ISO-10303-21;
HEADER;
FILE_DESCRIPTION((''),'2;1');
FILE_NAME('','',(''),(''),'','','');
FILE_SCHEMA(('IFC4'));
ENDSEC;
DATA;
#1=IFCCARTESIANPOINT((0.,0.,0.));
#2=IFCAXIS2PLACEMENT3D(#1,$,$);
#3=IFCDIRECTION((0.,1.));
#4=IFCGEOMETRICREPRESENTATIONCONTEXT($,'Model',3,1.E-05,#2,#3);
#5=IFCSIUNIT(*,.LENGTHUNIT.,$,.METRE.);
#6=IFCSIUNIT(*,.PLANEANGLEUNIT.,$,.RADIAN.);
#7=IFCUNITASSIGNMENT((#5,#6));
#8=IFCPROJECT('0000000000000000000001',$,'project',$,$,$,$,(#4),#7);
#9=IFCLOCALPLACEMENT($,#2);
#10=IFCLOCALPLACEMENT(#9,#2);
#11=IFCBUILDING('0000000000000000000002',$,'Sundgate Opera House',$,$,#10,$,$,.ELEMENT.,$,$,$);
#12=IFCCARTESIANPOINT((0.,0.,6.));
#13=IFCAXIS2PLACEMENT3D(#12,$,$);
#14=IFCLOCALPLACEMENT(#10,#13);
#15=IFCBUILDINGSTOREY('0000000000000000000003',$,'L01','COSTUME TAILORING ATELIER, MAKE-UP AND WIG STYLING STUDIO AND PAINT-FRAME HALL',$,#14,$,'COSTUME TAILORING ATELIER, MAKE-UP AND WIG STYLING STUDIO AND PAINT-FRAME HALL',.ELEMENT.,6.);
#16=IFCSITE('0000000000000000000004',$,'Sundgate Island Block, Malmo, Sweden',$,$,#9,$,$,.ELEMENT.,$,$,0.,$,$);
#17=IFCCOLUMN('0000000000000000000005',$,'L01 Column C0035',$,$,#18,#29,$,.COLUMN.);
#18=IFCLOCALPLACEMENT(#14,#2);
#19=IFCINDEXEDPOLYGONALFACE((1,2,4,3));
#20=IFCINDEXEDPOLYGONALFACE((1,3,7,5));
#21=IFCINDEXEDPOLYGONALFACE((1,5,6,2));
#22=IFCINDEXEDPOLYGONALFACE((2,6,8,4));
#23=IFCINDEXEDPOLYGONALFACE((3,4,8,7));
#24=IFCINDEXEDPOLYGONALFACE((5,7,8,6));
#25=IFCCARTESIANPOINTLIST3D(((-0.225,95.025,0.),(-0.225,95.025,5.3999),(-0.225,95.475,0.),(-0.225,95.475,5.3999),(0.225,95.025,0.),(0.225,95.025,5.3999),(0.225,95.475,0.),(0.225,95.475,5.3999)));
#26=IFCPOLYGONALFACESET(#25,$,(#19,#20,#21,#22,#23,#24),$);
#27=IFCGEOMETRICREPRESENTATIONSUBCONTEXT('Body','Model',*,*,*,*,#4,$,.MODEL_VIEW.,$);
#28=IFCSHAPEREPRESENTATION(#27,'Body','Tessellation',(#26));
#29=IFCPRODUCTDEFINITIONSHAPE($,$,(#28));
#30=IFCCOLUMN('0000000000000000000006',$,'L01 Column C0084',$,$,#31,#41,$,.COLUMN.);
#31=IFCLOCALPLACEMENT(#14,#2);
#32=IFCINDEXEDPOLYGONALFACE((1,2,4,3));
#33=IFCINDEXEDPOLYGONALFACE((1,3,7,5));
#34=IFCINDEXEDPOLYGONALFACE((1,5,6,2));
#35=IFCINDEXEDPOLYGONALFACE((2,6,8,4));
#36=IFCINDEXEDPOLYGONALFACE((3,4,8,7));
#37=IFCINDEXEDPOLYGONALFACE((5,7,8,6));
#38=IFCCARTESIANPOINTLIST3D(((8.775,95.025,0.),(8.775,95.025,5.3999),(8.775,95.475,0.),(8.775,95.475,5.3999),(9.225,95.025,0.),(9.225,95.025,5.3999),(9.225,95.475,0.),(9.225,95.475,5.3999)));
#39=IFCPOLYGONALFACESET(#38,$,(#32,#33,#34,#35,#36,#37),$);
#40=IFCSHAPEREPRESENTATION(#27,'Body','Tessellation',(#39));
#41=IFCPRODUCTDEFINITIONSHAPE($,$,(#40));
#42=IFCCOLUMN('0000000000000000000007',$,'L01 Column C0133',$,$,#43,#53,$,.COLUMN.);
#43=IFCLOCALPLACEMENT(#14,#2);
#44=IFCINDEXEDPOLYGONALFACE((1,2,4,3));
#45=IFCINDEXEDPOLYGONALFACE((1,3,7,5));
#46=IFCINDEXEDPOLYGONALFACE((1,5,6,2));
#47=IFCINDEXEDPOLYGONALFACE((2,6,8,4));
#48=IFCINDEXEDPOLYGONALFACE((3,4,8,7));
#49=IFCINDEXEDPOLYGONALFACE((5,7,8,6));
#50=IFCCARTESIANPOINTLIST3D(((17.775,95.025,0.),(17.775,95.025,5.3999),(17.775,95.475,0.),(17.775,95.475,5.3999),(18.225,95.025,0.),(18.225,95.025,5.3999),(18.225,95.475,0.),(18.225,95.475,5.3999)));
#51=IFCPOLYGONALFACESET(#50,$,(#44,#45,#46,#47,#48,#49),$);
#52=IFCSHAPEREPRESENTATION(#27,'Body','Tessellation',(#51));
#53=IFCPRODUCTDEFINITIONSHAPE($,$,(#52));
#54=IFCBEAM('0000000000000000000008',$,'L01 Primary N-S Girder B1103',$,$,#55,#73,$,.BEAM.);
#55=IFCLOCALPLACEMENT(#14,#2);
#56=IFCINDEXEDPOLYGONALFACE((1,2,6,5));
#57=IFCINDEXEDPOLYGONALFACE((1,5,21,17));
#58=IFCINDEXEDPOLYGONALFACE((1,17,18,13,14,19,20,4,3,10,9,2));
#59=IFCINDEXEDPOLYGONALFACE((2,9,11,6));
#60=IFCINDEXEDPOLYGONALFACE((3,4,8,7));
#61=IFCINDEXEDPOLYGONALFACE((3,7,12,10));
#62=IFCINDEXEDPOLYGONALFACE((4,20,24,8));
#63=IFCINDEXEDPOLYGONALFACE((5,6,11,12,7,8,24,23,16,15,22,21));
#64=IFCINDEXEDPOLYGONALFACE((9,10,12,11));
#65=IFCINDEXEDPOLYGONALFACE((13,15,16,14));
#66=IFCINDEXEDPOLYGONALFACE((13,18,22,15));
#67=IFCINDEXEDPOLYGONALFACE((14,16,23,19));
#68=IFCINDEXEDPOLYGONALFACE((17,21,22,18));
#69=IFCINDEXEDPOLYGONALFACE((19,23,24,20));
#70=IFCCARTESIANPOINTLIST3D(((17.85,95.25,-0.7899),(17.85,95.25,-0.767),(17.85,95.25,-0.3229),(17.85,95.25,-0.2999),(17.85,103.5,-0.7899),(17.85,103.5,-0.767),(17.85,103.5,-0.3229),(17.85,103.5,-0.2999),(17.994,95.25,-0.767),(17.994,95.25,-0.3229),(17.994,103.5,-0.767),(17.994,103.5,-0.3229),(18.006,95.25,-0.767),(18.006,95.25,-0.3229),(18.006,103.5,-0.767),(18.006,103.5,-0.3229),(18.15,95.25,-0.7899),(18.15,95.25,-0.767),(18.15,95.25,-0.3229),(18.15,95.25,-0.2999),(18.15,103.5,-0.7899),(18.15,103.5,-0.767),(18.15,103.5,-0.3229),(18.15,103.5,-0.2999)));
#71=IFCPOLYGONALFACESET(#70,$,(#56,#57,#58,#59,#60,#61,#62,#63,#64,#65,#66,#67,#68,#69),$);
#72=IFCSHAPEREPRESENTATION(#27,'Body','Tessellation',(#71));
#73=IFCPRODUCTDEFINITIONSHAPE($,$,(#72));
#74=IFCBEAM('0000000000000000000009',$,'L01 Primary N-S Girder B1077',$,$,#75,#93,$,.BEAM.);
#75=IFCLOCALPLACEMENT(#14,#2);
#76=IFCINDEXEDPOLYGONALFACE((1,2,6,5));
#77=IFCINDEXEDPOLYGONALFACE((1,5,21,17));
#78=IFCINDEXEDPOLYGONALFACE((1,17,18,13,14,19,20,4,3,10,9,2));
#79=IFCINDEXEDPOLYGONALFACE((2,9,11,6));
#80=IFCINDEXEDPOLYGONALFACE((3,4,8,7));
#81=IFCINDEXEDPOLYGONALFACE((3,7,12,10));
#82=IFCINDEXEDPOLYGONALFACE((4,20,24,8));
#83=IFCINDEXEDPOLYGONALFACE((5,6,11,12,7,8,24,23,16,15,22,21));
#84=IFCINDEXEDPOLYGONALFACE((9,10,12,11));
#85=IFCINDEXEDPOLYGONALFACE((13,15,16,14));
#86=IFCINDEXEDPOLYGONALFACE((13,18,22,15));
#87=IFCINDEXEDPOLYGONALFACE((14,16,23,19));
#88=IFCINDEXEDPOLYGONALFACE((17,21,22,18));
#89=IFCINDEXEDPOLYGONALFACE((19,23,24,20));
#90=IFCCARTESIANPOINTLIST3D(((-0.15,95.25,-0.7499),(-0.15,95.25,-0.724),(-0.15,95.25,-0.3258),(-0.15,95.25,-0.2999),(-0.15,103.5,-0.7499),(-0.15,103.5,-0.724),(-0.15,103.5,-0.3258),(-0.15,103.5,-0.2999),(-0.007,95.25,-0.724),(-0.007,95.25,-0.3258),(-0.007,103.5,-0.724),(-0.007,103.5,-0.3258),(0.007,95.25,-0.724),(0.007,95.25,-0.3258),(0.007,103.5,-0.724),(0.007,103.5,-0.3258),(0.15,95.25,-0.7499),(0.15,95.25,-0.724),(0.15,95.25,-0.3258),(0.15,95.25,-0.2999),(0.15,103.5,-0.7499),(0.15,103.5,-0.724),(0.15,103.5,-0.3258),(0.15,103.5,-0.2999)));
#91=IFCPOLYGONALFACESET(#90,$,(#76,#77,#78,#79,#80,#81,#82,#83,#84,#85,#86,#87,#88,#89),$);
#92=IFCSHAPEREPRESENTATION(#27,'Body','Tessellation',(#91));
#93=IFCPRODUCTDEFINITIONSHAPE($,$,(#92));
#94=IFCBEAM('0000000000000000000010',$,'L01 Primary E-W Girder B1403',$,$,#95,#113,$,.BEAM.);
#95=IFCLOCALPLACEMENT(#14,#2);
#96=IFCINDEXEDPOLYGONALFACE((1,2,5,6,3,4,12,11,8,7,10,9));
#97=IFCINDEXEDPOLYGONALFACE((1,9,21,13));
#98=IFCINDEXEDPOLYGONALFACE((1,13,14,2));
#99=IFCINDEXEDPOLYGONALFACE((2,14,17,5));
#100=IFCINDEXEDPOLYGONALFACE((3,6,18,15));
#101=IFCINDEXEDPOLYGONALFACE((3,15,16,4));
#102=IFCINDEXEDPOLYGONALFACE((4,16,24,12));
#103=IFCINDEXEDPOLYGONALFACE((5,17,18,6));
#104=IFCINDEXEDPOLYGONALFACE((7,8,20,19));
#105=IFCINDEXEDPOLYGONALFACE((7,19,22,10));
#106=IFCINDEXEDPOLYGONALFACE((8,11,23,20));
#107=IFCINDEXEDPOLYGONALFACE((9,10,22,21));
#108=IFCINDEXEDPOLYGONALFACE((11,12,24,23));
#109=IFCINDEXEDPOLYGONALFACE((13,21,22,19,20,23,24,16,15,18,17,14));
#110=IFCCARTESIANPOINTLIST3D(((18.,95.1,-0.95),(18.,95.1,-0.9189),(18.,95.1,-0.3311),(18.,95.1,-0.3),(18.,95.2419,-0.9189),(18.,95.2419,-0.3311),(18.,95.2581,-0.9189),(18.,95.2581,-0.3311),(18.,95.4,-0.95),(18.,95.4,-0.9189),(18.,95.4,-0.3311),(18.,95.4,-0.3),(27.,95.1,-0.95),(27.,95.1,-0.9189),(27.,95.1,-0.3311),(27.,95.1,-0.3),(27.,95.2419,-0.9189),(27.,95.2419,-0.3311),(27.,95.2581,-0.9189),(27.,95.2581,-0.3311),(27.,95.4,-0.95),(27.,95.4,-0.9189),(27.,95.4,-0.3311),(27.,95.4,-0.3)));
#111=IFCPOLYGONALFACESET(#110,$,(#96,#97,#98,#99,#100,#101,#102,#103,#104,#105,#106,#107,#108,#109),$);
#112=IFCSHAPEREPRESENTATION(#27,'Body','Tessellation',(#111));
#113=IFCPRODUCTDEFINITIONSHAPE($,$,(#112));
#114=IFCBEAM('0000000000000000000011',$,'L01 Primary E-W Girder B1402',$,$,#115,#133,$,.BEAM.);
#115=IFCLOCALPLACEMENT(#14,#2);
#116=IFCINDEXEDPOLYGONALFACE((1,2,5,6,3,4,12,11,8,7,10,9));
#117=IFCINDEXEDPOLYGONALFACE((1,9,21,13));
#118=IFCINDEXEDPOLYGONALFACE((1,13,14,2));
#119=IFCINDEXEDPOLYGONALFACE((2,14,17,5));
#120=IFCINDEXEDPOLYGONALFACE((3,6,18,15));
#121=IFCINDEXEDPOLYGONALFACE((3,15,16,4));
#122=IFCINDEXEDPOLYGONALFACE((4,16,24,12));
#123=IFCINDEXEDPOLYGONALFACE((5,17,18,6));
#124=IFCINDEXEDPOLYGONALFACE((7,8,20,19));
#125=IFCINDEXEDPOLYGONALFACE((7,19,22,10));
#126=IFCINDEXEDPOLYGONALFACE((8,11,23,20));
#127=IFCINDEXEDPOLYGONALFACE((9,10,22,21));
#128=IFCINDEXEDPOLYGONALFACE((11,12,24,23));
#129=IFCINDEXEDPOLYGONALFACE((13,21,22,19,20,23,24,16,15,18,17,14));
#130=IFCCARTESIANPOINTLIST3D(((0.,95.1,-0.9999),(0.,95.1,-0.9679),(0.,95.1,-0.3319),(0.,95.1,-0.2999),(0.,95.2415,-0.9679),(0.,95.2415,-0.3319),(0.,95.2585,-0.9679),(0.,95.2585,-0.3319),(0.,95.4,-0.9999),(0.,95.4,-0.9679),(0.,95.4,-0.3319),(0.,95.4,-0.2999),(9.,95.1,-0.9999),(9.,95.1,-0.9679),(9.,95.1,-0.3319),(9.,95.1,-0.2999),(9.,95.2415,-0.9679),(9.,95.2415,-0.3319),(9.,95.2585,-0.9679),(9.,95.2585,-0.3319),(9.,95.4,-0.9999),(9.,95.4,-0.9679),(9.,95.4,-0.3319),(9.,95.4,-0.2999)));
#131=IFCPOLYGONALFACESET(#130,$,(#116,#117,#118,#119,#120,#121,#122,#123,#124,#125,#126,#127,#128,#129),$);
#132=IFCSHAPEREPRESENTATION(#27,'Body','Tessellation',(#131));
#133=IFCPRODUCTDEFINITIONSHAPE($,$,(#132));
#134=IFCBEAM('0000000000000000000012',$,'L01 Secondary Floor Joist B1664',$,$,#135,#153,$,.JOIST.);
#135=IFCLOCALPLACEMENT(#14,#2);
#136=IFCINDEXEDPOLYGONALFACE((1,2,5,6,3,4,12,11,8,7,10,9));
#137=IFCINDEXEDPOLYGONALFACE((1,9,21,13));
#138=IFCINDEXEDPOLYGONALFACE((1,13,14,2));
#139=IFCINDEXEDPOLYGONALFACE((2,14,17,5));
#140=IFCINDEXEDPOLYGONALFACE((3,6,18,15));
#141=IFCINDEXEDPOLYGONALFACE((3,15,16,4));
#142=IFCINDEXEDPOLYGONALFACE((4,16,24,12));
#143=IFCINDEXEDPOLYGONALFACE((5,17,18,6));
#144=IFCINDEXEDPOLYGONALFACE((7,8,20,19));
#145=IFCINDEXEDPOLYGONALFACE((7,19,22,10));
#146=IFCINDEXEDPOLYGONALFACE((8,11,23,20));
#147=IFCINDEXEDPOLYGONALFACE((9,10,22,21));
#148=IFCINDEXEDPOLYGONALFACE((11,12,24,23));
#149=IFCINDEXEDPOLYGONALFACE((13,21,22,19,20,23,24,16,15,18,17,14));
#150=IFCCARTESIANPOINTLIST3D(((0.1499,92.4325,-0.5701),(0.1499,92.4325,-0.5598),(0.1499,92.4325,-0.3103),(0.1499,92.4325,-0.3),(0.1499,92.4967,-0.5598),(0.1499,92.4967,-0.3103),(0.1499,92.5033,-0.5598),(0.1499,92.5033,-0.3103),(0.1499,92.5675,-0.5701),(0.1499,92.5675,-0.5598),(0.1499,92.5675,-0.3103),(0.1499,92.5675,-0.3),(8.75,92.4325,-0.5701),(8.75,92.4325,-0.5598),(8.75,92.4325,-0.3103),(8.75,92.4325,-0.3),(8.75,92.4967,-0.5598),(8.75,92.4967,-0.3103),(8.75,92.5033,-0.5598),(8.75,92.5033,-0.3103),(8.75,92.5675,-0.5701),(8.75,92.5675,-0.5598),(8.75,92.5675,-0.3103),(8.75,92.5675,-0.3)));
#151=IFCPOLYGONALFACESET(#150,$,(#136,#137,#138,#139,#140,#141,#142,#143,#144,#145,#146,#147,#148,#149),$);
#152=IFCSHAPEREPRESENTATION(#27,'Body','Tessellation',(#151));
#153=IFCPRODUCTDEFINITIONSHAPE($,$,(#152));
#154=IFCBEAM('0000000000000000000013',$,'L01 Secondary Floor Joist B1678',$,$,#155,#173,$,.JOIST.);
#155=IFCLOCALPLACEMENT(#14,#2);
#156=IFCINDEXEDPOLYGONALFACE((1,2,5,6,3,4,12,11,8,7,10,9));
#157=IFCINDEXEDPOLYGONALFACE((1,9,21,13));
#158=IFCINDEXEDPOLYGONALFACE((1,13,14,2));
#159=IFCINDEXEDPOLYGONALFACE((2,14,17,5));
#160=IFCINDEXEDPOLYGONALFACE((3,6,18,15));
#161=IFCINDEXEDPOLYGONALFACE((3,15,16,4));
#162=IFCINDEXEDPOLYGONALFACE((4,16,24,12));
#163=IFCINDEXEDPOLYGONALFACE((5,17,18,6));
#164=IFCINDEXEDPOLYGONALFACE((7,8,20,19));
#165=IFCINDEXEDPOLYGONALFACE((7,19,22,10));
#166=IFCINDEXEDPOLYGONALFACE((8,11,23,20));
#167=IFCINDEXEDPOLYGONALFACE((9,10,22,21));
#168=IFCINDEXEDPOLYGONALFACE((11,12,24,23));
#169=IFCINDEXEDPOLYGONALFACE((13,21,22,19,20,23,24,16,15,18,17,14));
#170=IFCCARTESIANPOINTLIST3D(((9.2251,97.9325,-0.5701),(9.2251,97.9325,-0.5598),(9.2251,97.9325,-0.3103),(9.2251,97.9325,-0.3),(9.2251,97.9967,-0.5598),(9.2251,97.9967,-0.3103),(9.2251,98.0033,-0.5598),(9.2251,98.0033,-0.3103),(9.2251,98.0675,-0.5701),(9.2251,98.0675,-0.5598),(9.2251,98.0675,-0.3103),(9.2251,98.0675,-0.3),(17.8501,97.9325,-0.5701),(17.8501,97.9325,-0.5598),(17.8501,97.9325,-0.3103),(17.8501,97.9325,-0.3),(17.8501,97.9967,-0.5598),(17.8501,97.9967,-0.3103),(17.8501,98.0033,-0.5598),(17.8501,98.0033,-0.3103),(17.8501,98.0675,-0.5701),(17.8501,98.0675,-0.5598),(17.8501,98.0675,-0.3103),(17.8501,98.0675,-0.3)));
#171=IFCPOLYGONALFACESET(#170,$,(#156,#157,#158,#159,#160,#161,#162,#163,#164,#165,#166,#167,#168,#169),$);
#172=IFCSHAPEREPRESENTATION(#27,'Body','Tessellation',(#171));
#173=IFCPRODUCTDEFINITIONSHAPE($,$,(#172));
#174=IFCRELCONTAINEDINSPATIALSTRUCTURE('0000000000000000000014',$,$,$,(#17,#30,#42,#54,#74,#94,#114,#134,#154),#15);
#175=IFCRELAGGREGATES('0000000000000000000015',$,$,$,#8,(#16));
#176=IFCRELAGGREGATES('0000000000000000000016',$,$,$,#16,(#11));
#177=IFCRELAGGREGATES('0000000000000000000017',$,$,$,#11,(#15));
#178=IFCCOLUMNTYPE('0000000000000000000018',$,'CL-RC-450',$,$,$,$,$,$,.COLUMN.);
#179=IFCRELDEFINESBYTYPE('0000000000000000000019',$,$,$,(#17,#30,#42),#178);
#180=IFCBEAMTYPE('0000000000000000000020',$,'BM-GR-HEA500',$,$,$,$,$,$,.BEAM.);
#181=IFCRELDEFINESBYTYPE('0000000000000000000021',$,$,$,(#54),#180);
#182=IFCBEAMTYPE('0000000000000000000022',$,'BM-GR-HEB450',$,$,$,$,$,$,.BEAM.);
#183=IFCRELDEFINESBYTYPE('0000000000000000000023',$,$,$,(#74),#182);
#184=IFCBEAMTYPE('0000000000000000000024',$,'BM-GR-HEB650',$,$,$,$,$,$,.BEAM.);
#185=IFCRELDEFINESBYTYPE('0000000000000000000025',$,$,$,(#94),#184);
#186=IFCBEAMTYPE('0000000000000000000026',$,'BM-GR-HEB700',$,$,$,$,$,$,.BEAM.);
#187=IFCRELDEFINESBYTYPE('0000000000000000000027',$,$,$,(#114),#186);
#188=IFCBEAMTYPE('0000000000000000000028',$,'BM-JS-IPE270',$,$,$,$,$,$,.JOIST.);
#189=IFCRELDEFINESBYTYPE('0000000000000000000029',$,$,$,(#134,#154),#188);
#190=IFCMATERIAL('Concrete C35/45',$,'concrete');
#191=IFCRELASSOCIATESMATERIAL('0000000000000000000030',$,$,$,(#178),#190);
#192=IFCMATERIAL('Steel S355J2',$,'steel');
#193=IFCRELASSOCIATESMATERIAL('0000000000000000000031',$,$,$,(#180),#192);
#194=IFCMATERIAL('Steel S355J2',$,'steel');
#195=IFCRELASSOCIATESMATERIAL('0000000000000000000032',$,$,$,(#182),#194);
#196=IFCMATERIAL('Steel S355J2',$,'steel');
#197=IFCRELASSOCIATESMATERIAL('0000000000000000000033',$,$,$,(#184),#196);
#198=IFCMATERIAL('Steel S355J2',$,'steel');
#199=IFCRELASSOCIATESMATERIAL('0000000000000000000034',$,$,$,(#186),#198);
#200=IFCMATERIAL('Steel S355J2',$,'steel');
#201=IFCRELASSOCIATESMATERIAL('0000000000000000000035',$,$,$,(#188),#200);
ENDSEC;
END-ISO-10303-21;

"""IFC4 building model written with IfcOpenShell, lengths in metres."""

from ifc_helpers import new_model, si_unit, direction, frame, origin, origin_2d, place, context, subcontext, project, spatial, rectangle, i_section, extrude, material, material_profile, profile_set, type_object, element, save


model = new_model("IFC4")

# Units and contexts
model_context = context("Model", 3, precision=1e-05, world=origin(), true_north=direction((0.0, 1.0)))
body_context = subcontext(model_context, "Body", "Model", "MODEL_VIEW")
ifc_project = project(units=[si_unit("LENGTHUNIT", "METRE"), si_unit("PLANEANGLEUNIT", "RADIAN")], contexts=[model_context])

# Site, building, storey
site_placement = place(None, origin())
site = spatial("IfcSite", under=ifc_project, at=site_placement, Name="Sundgate Island Block, Malmo, Sweden", CompositionType="ELEMENT", RefElevation=0.0)
building_placement = place(site_placement, origin())
building = spatial("IfcBuilding", under=site, at=building_placement, Name="Sundgate Opera House", CompositionType="ELEMENT")
storey_placement = place(building_placement, frame((0.0, 0.0, 6.0)))
storey = spatial("IfcBuildingStorey", under=building, at=storey_placement, Name="L01", Description="COSTUME TAILORING ATELIER, MAKE-UP AND WIG STYLING STUDIO AND PAINT-FRAME HALL", LongName="COSTUME TAILORING ATELIER, MAKE-UP AND WIG STYLING STUDIO AND PAINT-FRAME HALL", CompositionType="ELEMENT", Elevation=6.0)

# Columns
ifc_material_1 = material(Name="Concrete C35/45", Category="concrete")
ifc_material_profile_1 = material_profile(ifc_material_1, rectangle(XDim=0.45, YDim=0.45, at=origin_2d()), Name="RC 450x450")
ifc_profile_set_1 = profile_set([ifc_material_profile_1], Name="Concrete C35/45")
column_type = type_object("IfcColumnType", Name="CL-RC-450", PredefinedType="COLUMN", material=ifc_profile_set_1)
for number, where, z_axis, x_axis, name in (
    (1, (0.0, 95.25, 0.0), (0.0, 0.0, 1.0), (1.0, 0.0, 0.0), "L01 Column C0035"),
    (2, (9.0, 95.25, 0.0), (0.0, 0.0, 1.0), (1.0, 0.0, 0.0), "L01 Column C0084"),
    (3, (18.0, 95.25, 0.0), (0.0, 0.0, 1.0), (1.0, 0.0, 0.0), "L01 Column C0133"),
):
    element("IfcColumn", number, at=place(storey_placement, frame(where, z_axis=z_axis, x_axis=x_axis)), inside=storey, type_object=column_type, Name=name, PredefinedType="COLUMN", context=body_context, shape_type="SweptSolid", body=[
        extrude(rectangle(XDim=0.45, YDim=0.45, at=origin_2d()), origin(), (0.0, 0.0, 1.0), 5.3999),
    ])

# Beams
ifc_material_2 = material(Name="Steel S355J2", Category="steel")
ifc_material_profile_2 = material_profile(ifc_material_2, i_section(OverallWidth=0.3, OverallDepth=0.49, WebThickness=0.012, FlangeThickness=0.0229, at=origin_2d()), Name="HEA 500")
ifc_profile_set_2 = profile_set([ifc_material_profile_2], Name="Steel S355J2")
beam_type_1 = type_object("IfcBeamType", Name="BM-GR-HEA500", PredefinedType="BEAM", material=ifc_profile_set_2)
beam_1_placement = place(storey_placement, frame((18.0, 95.25, -0.5449), z_axis=(0.0, 1.0, 0.0), x_axis=(-1.0, 0.0, 0.0)))
element("IfcBeam", 4, at=beam_1_placement, inside=storey, type_object=beam_type_1, Name="L01 Primary N-S Girder B1103", PredefinedType="BEAM", context=body_context, shape_type="SweptSolid", body=[
    extrude(i_section(OverallWidth=0.3, OverallDepth=0.49, WebThickness=0.012, FlangeThickness=0.0229, at=origin_2d()), origin(), (0.0, 0.0, 1.0), 8.25),
])
ifc_material_3 = material(Name="Steel S355J2", Category="steel")
ifc_material_profile_3 = material_profile(ifc_material_3, i_section(OverallWidth=0.3, OverallDepth=0.45, WebThickness=0.0139, FlangeThickness=0.0259, at=origin_2d()), Name="HEB 450")
ifc_profile_set_3 = profile_set([ifc_material_profile_3], Name="Steel S355J2")
beam_type_2 = type_object("IfcBeamType", Name="BM-GR-HEB450", PredefinedType="BEAM", material=ifc_profile_set_3)
beam_2_placement = place(storey_placement, frame((0.0, 95.25, -0.5249), z_axis=(0.0, 1.0, 0.0), x_axis=(-1.0, 0.0, 0.0)))
element("IfcBeam", 5, at=beam_2_placement, inside=storey, type_object=beam_type_2, Name="L01 Primary N-S Girder B1077", PredefinedType="BEAM", context=body_context, shape_type="SweptSolid", body=[
    extrude(i_section(OverallWidth=0.3, OverallDepth=0.45, WebThickness=0.0139, FlangeThickness=0.0259, at=origin_2d()), origin(), (0.0, 0.0, 1.0), 8.25),
])
ifc_material_4 = material(Name="Steel S355J2", Category="steel")
ifc_material_profile_4 = material_profile(ifc_material_4, i_section(OverallWidth=0.3, OverallDepth=0.6499, WebThickness=0.0161, FlangeThickness=0.031, at=origin_2d()), Name="HEB 650")
ifc_profile_set_4 = profile_set([ifc_material_profile_4], Name="Steel S355J2")
beam_type_3 = type_object("IfcBeamType", Name="BM-GR-HEB650", PredefinedType="BEAM", material=ifc_profile_set_4)
beam_3_placement = place(storey_placement, frame((18.0, 95.25, -0.625), z_axis=(1.0, 0.0, 0.0), x_axis=(0.0, 1.0, 0.0)))
element("IfcBeam", 6, at=beam_3_placement, inside=storey, type_object=beam_type_3, Name="L01 Primary E-W Girder B1403", PredefinedType="BEAM", context=body_context, shape_type="SweptSolid", body=[
    extrude(i_section(OverallWidth=0.3, OverallDepth=0.6499, WebThickness=0.0161, FlangeThickness=0.031, at=origin_2d()), origin(), (0.0, 0.0, 1.0), 9.0),
])
ifc_material_5 = material(Name="Steel S355J2", Category="steel")
ifc_material_profile_5 = material_profile(ifc_material_5, i_section(OverallWidth=0.3, OverallDepth=0.7, WebThickness=0.0171, FlangeThickness=0.032, at=origin_2d()), Name="HEB 700")
ifc_profile_set_5 = profile_set([ifc_material_profile_5], Name="Steel S355J2")
beam_type_4 = type_object("IfcBeamType", Name="BM-GR-HEB700", PredefinedType="BEAM", material=ifc_profile_set_5)
beam_4_placement = place(storey_placement, frame((0.0, 95.25, -0.6499), z_axis=(1.0, 0.0, 0.0), x_axis=(0.0, 1.0, 0.0)))
element("IfcBeam", 7, at=beam_4_placement, inside=storey, type_object=beam_type_4, Name="L01 Primary E-W Girder B1402", PredefinedType="BEAM", context=body_context, shape_type="SweptSolid", body=[
    extrude(i_section(OverallWidth=0.3, OverallDepth=0.7, WebThickness=0.0171, FlangeThickness=0.032, at=origin_2d()), origin(), (0.0, 0.0, 1.0), 9.0),
])
ifc_material_6 = material(Name="Steel S355J2", Category="steel")
ifc_material_profile_6 = material_profile(ifc_material_6, i_section(OverallWidth=0.135, OverallDepth=0.27, WebThickness=0.0066, FlangeThickness=0.0103, at=origin_2d()), Name="IPE 270")
ifc_profile_set_6 = profile_set([ifc_material_profile_6], Name="Steel S355J2")
beam_type_5 = type_object("IfcBeamType", Name="BM-JS-IPE270", PredefinedType="JOIST", material=ifc_profile_set_6)
beam_5_placement = place(storey_placement, frame((0.1499, 92.5, -0.4351), z_axis=(1.0, 0.0, 0.0), x_axis=(0.0, 1.0, 0.0)))
element("IfcBeam", 8, at=beam_5_placement, inside=storey, type_object=beam_type_5, Name="L01 Secondary Floor Joist B1664", PredefinedType="JOIST", context=body_context, shape_type="SweptSolid", body=[
    extrude(i_section(OverallWidth=0.135, OverallDepth=0.27, WebThickness=0.0066, FlangeThickness=0.0103, at=origin_2d()), origin(), (0.0, 0.0, 1.0), 8.6001),
])
beam_6_placement = place(storey_placement, frame((9.2251, 98.0, -0.4351), z_axis=(1.0, 0.0, 0.0), x_axis=(0.0, 1.0, 0.0)))
element("IfcBeam", 9, at=beam_6_placement, inside=storey, type_object=beam_type_5, Name="L01 Secondary Floor Joist B1678", PredefinedType="JOIST", context=body_context, shape_type="SweptSolid", body=[
    extrude(i_section(OverallWidth=0.135, OverallDepth=0.27, WebThickness=0.0066, FlangeThickness=0.0103, at=origin_2d()), origin(), (0.0, 0.0, 1.0), 8.625),
])

save(model, "model.ifc")
